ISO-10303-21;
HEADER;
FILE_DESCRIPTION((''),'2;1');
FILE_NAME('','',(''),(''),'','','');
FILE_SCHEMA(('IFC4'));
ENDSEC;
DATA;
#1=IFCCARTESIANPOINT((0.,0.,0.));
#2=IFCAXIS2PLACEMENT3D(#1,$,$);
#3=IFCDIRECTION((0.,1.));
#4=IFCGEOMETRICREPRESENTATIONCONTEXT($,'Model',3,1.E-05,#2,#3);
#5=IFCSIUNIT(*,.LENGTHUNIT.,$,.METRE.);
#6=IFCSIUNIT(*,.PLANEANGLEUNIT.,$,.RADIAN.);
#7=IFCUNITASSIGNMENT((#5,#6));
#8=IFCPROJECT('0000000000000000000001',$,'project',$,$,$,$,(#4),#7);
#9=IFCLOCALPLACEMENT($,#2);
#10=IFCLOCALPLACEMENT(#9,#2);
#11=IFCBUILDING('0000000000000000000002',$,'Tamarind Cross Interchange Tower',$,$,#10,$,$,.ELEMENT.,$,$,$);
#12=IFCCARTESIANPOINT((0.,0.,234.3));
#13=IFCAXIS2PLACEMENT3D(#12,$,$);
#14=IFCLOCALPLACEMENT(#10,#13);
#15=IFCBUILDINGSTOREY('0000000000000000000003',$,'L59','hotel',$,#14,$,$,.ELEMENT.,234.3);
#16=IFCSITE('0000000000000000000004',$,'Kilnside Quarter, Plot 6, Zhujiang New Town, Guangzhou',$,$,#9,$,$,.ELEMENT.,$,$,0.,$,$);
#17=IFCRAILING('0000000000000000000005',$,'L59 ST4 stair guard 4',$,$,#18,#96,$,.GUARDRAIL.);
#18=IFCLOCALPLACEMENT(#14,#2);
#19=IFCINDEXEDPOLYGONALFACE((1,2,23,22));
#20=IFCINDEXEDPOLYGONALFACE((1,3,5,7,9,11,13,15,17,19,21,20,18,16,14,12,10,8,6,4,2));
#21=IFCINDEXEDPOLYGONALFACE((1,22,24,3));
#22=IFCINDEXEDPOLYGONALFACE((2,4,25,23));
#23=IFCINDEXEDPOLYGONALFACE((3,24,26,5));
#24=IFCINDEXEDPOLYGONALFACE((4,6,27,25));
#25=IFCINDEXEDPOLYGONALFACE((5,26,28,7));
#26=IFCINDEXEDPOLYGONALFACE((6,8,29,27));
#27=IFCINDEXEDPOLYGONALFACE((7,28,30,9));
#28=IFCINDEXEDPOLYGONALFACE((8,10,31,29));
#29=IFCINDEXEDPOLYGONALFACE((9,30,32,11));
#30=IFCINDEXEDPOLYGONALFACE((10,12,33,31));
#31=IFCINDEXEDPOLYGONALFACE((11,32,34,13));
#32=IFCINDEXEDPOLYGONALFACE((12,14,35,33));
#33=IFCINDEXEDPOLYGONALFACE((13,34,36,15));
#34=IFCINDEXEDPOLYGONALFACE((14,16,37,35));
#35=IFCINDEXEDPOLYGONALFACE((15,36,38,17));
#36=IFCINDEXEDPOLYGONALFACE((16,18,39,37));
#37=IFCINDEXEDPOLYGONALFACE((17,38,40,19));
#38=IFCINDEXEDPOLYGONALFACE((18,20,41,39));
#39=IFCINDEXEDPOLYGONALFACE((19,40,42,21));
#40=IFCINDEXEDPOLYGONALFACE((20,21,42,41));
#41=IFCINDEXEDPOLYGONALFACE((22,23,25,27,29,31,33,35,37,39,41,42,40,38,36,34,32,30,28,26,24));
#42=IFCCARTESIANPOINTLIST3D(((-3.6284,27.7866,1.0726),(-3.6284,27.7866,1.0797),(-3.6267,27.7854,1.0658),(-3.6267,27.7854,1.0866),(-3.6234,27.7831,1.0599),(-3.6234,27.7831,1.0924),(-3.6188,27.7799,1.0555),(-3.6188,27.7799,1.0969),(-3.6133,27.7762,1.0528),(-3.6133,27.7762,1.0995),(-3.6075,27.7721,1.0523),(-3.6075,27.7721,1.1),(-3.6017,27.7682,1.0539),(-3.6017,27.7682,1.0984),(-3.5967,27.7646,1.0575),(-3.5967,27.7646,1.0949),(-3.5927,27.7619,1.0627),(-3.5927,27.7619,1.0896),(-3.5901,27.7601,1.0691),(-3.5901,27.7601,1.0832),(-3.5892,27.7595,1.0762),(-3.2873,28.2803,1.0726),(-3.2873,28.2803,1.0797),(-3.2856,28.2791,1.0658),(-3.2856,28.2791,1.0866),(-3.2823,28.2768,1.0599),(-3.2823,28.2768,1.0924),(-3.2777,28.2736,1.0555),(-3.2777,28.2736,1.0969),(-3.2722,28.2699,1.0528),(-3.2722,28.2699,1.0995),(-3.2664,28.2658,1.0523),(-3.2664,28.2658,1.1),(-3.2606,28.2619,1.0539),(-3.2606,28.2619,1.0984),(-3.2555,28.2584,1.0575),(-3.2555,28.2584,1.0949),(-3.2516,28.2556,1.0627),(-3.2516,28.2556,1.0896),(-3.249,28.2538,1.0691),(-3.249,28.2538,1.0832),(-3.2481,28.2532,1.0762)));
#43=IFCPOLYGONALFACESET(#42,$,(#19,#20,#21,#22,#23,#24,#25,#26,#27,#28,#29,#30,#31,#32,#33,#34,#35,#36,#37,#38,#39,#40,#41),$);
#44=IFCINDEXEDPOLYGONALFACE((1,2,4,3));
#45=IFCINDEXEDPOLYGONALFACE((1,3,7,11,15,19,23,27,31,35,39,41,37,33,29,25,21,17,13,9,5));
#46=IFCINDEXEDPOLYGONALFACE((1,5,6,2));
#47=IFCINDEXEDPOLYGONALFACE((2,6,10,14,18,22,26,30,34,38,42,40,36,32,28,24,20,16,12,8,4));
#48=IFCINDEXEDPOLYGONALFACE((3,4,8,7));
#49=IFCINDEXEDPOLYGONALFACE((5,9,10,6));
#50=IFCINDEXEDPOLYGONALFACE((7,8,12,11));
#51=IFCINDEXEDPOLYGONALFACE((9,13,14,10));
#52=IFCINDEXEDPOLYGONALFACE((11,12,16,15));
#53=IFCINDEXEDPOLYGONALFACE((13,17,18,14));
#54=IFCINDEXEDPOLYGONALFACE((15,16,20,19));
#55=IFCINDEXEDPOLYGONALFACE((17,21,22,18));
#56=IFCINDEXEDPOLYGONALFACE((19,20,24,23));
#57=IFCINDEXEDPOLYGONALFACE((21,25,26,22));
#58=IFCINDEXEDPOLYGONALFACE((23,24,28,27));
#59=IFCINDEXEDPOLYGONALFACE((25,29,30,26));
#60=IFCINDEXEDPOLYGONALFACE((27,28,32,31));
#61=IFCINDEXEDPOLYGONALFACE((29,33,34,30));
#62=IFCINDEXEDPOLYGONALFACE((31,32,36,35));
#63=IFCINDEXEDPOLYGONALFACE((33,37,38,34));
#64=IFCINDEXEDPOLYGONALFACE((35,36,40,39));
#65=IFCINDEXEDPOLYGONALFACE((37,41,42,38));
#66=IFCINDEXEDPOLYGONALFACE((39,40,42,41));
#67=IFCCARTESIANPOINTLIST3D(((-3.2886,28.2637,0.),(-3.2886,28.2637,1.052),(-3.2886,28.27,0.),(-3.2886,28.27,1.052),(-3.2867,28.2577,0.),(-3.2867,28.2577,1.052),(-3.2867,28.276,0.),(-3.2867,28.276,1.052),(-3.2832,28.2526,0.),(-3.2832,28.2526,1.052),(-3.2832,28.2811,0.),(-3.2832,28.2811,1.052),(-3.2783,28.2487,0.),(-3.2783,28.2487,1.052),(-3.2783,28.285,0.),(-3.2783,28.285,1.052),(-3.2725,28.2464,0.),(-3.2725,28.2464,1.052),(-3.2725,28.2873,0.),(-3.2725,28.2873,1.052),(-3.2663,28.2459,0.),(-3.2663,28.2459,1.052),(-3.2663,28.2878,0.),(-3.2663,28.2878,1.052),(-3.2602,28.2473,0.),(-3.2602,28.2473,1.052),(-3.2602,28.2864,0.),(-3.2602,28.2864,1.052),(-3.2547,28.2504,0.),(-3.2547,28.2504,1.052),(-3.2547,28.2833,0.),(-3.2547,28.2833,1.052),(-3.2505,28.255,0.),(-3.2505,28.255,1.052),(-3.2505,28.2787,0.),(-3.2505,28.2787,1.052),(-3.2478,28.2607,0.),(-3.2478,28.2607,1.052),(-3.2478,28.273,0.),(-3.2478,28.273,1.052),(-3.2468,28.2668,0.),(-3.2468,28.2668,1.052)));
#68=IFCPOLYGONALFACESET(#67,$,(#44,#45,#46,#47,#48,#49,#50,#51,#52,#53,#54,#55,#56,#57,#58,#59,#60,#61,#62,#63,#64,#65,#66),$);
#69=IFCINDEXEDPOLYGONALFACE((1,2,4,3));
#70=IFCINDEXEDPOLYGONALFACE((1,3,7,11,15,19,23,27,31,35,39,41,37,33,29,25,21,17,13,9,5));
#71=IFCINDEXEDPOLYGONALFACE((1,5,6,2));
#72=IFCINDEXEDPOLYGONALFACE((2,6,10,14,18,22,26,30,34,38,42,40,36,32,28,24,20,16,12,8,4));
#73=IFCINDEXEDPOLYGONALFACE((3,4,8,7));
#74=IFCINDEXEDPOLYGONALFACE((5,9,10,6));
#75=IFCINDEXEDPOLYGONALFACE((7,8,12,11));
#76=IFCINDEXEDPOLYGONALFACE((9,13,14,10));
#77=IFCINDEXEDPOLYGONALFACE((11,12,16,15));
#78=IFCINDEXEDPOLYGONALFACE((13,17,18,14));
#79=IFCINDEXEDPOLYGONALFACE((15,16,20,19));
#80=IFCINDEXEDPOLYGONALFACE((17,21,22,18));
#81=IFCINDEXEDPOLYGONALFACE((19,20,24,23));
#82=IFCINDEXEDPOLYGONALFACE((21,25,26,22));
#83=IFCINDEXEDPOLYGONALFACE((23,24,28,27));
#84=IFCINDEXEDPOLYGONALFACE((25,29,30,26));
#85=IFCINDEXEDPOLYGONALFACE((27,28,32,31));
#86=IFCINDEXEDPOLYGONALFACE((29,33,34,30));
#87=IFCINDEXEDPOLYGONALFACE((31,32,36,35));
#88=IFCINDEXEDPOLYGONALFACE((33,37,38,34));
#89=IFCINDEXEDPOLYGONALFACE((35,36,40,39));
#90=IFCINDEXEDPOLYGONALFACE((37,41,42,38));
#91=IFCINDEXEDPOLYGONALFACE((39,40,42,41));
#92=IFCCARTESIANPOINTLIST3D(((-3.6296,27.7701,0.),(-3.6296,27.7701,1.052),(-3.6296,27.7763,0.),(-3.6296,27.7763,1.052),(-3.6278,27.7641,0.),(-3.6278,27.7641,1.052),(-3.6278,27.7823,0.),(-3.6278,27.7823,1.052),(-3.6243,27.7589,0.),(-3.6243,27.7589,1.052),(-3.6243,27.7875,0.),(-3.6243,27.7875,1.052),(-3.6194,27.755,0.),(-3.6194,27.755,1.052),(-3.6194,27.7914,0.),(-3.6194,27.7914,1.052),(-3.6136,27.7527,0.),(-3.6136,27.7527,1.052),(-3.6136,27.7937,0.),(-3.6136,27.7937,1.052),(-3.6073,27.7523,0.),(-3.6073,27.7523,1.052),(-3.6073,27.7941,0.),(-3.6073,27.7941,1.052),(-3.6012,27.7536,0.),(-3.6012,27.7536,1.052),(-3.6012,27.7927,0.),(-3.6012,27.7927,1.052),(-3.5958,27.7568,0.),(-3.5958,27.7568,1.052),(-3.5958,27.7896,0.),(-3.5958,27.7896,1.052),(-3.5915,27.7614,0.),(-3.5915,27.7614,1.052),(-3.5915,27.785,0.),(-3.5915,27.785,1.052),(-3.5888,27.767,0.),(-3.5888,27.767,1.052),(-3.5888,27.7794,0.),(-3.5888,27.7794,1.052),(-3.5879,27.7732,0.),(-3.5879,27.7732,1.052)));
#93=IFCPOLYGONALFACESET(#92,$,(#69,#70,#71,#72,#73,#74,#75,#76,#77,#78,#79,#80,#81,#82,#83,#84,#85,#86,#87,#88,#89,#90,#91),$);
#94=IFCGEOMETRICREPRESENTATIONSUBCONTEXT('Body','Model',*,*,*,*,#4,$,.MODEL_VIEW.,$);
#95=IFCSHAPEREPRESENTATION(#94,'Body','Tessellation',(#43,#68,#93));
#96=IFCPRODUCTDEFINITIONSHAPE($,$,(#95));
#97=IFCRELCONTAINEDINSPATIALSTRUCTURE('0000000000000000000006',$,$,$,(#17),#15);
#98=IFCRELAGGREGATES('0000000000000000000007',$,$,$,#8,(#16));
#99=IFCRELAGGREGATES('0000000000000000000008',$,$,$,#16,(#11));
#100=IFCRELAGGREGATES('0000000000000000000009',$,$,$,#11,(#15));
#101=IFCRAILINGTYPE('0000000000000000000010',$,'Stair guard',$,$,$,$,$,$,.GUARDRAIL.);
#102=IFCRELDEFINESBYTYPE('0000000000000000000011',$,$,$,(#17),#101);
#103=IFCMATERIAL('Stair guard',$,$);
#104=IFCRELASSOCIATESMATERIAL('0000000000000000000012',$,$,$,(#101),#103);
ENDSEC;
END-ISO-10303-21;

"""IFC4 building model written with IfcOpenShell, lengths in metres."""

from ifc_helpers import new_model, si_unit, direction, frame, origin, origin_2d, place, context, subcontext, project, spatial, circle, extrude, material, type_object, element, save


model = new_model("IFC4")

# Units and contexts
model_context = context("Model", 3, precision=1e-05, world=origin(), true_north=direction((0.0, 1.0)))
body_context = subcontext(model_context, "Body", "Model", "MODEL_VIEW")
ifc_project = project(units=[si_unit("LENGTHUNIT", "METRE"), si_unit("PLANEANGLEUNIT", "RADIAN")], contexts=[model_context])

# Site, building, storey
site_placement = place(None, origin())
site = spatial("IfcSite", under=ifc_project, at=site_placement, Name="Kilnside Quarter, Plot 6, Zhujiang New Town, Guangzhou", CompositionType="ELEMENT", RefElevation=0.0)
building_placement = place(site_placement, origin())
building = spatial("IfcBuilding", under=site, at=building_placement, Name="Tamarind Cross Interchange Tower", CompositionType="ELEMENT")
storey_placement = place(building_placement, frame((0.0, 0.0, 234.3)))
storey = spatial("IfcBuildingStorey", under=building, at=storey_placement, Name="L59", Description="hotel", CompositionType="ELEMENT", Elevation=234.3)

# Railing
ifc_material_1 = material(Name="Stair guard")
railing_type_1 = type_object("IfcRailingType", Name="Stair guard", PredefinedType="GUARDRAIL", material=ifc_material_1)
railing_1_placement = place(storey_placement, frame((-3.2678, 28.2668, 0.0)))
element("IfcRailing", 1, at=railing_1_placement, inside=storey, type_object=railing_type_1, Name="L59 ST4 stair guard 4", PredefinedType="GUARDRAIL", context=body_context, shape_type="SweptSolid", body=[
    extrude(circle(Radius=0.0239, at=origin_2d()), frame((0.0, 0.0, 1.0762), z_axis=(-0.568427, -0.822734, 0.0), x_axis=(0.822734, -0.568427, 0.0)), (0.0, 0.0, 1.0), 0.6001),
    extrude(circle(Radius=0.021, at=origin_2d()), origin(), (0.0, 0.0, 1.0), 1.052),
    extrude(circle(Radius=0.021, at=origin_2d()), frame((-0.3411, -0.4937, 0.0)), (0.0, 0.0, 1.0), 1.052),
])

save(model, "model.ifc")
